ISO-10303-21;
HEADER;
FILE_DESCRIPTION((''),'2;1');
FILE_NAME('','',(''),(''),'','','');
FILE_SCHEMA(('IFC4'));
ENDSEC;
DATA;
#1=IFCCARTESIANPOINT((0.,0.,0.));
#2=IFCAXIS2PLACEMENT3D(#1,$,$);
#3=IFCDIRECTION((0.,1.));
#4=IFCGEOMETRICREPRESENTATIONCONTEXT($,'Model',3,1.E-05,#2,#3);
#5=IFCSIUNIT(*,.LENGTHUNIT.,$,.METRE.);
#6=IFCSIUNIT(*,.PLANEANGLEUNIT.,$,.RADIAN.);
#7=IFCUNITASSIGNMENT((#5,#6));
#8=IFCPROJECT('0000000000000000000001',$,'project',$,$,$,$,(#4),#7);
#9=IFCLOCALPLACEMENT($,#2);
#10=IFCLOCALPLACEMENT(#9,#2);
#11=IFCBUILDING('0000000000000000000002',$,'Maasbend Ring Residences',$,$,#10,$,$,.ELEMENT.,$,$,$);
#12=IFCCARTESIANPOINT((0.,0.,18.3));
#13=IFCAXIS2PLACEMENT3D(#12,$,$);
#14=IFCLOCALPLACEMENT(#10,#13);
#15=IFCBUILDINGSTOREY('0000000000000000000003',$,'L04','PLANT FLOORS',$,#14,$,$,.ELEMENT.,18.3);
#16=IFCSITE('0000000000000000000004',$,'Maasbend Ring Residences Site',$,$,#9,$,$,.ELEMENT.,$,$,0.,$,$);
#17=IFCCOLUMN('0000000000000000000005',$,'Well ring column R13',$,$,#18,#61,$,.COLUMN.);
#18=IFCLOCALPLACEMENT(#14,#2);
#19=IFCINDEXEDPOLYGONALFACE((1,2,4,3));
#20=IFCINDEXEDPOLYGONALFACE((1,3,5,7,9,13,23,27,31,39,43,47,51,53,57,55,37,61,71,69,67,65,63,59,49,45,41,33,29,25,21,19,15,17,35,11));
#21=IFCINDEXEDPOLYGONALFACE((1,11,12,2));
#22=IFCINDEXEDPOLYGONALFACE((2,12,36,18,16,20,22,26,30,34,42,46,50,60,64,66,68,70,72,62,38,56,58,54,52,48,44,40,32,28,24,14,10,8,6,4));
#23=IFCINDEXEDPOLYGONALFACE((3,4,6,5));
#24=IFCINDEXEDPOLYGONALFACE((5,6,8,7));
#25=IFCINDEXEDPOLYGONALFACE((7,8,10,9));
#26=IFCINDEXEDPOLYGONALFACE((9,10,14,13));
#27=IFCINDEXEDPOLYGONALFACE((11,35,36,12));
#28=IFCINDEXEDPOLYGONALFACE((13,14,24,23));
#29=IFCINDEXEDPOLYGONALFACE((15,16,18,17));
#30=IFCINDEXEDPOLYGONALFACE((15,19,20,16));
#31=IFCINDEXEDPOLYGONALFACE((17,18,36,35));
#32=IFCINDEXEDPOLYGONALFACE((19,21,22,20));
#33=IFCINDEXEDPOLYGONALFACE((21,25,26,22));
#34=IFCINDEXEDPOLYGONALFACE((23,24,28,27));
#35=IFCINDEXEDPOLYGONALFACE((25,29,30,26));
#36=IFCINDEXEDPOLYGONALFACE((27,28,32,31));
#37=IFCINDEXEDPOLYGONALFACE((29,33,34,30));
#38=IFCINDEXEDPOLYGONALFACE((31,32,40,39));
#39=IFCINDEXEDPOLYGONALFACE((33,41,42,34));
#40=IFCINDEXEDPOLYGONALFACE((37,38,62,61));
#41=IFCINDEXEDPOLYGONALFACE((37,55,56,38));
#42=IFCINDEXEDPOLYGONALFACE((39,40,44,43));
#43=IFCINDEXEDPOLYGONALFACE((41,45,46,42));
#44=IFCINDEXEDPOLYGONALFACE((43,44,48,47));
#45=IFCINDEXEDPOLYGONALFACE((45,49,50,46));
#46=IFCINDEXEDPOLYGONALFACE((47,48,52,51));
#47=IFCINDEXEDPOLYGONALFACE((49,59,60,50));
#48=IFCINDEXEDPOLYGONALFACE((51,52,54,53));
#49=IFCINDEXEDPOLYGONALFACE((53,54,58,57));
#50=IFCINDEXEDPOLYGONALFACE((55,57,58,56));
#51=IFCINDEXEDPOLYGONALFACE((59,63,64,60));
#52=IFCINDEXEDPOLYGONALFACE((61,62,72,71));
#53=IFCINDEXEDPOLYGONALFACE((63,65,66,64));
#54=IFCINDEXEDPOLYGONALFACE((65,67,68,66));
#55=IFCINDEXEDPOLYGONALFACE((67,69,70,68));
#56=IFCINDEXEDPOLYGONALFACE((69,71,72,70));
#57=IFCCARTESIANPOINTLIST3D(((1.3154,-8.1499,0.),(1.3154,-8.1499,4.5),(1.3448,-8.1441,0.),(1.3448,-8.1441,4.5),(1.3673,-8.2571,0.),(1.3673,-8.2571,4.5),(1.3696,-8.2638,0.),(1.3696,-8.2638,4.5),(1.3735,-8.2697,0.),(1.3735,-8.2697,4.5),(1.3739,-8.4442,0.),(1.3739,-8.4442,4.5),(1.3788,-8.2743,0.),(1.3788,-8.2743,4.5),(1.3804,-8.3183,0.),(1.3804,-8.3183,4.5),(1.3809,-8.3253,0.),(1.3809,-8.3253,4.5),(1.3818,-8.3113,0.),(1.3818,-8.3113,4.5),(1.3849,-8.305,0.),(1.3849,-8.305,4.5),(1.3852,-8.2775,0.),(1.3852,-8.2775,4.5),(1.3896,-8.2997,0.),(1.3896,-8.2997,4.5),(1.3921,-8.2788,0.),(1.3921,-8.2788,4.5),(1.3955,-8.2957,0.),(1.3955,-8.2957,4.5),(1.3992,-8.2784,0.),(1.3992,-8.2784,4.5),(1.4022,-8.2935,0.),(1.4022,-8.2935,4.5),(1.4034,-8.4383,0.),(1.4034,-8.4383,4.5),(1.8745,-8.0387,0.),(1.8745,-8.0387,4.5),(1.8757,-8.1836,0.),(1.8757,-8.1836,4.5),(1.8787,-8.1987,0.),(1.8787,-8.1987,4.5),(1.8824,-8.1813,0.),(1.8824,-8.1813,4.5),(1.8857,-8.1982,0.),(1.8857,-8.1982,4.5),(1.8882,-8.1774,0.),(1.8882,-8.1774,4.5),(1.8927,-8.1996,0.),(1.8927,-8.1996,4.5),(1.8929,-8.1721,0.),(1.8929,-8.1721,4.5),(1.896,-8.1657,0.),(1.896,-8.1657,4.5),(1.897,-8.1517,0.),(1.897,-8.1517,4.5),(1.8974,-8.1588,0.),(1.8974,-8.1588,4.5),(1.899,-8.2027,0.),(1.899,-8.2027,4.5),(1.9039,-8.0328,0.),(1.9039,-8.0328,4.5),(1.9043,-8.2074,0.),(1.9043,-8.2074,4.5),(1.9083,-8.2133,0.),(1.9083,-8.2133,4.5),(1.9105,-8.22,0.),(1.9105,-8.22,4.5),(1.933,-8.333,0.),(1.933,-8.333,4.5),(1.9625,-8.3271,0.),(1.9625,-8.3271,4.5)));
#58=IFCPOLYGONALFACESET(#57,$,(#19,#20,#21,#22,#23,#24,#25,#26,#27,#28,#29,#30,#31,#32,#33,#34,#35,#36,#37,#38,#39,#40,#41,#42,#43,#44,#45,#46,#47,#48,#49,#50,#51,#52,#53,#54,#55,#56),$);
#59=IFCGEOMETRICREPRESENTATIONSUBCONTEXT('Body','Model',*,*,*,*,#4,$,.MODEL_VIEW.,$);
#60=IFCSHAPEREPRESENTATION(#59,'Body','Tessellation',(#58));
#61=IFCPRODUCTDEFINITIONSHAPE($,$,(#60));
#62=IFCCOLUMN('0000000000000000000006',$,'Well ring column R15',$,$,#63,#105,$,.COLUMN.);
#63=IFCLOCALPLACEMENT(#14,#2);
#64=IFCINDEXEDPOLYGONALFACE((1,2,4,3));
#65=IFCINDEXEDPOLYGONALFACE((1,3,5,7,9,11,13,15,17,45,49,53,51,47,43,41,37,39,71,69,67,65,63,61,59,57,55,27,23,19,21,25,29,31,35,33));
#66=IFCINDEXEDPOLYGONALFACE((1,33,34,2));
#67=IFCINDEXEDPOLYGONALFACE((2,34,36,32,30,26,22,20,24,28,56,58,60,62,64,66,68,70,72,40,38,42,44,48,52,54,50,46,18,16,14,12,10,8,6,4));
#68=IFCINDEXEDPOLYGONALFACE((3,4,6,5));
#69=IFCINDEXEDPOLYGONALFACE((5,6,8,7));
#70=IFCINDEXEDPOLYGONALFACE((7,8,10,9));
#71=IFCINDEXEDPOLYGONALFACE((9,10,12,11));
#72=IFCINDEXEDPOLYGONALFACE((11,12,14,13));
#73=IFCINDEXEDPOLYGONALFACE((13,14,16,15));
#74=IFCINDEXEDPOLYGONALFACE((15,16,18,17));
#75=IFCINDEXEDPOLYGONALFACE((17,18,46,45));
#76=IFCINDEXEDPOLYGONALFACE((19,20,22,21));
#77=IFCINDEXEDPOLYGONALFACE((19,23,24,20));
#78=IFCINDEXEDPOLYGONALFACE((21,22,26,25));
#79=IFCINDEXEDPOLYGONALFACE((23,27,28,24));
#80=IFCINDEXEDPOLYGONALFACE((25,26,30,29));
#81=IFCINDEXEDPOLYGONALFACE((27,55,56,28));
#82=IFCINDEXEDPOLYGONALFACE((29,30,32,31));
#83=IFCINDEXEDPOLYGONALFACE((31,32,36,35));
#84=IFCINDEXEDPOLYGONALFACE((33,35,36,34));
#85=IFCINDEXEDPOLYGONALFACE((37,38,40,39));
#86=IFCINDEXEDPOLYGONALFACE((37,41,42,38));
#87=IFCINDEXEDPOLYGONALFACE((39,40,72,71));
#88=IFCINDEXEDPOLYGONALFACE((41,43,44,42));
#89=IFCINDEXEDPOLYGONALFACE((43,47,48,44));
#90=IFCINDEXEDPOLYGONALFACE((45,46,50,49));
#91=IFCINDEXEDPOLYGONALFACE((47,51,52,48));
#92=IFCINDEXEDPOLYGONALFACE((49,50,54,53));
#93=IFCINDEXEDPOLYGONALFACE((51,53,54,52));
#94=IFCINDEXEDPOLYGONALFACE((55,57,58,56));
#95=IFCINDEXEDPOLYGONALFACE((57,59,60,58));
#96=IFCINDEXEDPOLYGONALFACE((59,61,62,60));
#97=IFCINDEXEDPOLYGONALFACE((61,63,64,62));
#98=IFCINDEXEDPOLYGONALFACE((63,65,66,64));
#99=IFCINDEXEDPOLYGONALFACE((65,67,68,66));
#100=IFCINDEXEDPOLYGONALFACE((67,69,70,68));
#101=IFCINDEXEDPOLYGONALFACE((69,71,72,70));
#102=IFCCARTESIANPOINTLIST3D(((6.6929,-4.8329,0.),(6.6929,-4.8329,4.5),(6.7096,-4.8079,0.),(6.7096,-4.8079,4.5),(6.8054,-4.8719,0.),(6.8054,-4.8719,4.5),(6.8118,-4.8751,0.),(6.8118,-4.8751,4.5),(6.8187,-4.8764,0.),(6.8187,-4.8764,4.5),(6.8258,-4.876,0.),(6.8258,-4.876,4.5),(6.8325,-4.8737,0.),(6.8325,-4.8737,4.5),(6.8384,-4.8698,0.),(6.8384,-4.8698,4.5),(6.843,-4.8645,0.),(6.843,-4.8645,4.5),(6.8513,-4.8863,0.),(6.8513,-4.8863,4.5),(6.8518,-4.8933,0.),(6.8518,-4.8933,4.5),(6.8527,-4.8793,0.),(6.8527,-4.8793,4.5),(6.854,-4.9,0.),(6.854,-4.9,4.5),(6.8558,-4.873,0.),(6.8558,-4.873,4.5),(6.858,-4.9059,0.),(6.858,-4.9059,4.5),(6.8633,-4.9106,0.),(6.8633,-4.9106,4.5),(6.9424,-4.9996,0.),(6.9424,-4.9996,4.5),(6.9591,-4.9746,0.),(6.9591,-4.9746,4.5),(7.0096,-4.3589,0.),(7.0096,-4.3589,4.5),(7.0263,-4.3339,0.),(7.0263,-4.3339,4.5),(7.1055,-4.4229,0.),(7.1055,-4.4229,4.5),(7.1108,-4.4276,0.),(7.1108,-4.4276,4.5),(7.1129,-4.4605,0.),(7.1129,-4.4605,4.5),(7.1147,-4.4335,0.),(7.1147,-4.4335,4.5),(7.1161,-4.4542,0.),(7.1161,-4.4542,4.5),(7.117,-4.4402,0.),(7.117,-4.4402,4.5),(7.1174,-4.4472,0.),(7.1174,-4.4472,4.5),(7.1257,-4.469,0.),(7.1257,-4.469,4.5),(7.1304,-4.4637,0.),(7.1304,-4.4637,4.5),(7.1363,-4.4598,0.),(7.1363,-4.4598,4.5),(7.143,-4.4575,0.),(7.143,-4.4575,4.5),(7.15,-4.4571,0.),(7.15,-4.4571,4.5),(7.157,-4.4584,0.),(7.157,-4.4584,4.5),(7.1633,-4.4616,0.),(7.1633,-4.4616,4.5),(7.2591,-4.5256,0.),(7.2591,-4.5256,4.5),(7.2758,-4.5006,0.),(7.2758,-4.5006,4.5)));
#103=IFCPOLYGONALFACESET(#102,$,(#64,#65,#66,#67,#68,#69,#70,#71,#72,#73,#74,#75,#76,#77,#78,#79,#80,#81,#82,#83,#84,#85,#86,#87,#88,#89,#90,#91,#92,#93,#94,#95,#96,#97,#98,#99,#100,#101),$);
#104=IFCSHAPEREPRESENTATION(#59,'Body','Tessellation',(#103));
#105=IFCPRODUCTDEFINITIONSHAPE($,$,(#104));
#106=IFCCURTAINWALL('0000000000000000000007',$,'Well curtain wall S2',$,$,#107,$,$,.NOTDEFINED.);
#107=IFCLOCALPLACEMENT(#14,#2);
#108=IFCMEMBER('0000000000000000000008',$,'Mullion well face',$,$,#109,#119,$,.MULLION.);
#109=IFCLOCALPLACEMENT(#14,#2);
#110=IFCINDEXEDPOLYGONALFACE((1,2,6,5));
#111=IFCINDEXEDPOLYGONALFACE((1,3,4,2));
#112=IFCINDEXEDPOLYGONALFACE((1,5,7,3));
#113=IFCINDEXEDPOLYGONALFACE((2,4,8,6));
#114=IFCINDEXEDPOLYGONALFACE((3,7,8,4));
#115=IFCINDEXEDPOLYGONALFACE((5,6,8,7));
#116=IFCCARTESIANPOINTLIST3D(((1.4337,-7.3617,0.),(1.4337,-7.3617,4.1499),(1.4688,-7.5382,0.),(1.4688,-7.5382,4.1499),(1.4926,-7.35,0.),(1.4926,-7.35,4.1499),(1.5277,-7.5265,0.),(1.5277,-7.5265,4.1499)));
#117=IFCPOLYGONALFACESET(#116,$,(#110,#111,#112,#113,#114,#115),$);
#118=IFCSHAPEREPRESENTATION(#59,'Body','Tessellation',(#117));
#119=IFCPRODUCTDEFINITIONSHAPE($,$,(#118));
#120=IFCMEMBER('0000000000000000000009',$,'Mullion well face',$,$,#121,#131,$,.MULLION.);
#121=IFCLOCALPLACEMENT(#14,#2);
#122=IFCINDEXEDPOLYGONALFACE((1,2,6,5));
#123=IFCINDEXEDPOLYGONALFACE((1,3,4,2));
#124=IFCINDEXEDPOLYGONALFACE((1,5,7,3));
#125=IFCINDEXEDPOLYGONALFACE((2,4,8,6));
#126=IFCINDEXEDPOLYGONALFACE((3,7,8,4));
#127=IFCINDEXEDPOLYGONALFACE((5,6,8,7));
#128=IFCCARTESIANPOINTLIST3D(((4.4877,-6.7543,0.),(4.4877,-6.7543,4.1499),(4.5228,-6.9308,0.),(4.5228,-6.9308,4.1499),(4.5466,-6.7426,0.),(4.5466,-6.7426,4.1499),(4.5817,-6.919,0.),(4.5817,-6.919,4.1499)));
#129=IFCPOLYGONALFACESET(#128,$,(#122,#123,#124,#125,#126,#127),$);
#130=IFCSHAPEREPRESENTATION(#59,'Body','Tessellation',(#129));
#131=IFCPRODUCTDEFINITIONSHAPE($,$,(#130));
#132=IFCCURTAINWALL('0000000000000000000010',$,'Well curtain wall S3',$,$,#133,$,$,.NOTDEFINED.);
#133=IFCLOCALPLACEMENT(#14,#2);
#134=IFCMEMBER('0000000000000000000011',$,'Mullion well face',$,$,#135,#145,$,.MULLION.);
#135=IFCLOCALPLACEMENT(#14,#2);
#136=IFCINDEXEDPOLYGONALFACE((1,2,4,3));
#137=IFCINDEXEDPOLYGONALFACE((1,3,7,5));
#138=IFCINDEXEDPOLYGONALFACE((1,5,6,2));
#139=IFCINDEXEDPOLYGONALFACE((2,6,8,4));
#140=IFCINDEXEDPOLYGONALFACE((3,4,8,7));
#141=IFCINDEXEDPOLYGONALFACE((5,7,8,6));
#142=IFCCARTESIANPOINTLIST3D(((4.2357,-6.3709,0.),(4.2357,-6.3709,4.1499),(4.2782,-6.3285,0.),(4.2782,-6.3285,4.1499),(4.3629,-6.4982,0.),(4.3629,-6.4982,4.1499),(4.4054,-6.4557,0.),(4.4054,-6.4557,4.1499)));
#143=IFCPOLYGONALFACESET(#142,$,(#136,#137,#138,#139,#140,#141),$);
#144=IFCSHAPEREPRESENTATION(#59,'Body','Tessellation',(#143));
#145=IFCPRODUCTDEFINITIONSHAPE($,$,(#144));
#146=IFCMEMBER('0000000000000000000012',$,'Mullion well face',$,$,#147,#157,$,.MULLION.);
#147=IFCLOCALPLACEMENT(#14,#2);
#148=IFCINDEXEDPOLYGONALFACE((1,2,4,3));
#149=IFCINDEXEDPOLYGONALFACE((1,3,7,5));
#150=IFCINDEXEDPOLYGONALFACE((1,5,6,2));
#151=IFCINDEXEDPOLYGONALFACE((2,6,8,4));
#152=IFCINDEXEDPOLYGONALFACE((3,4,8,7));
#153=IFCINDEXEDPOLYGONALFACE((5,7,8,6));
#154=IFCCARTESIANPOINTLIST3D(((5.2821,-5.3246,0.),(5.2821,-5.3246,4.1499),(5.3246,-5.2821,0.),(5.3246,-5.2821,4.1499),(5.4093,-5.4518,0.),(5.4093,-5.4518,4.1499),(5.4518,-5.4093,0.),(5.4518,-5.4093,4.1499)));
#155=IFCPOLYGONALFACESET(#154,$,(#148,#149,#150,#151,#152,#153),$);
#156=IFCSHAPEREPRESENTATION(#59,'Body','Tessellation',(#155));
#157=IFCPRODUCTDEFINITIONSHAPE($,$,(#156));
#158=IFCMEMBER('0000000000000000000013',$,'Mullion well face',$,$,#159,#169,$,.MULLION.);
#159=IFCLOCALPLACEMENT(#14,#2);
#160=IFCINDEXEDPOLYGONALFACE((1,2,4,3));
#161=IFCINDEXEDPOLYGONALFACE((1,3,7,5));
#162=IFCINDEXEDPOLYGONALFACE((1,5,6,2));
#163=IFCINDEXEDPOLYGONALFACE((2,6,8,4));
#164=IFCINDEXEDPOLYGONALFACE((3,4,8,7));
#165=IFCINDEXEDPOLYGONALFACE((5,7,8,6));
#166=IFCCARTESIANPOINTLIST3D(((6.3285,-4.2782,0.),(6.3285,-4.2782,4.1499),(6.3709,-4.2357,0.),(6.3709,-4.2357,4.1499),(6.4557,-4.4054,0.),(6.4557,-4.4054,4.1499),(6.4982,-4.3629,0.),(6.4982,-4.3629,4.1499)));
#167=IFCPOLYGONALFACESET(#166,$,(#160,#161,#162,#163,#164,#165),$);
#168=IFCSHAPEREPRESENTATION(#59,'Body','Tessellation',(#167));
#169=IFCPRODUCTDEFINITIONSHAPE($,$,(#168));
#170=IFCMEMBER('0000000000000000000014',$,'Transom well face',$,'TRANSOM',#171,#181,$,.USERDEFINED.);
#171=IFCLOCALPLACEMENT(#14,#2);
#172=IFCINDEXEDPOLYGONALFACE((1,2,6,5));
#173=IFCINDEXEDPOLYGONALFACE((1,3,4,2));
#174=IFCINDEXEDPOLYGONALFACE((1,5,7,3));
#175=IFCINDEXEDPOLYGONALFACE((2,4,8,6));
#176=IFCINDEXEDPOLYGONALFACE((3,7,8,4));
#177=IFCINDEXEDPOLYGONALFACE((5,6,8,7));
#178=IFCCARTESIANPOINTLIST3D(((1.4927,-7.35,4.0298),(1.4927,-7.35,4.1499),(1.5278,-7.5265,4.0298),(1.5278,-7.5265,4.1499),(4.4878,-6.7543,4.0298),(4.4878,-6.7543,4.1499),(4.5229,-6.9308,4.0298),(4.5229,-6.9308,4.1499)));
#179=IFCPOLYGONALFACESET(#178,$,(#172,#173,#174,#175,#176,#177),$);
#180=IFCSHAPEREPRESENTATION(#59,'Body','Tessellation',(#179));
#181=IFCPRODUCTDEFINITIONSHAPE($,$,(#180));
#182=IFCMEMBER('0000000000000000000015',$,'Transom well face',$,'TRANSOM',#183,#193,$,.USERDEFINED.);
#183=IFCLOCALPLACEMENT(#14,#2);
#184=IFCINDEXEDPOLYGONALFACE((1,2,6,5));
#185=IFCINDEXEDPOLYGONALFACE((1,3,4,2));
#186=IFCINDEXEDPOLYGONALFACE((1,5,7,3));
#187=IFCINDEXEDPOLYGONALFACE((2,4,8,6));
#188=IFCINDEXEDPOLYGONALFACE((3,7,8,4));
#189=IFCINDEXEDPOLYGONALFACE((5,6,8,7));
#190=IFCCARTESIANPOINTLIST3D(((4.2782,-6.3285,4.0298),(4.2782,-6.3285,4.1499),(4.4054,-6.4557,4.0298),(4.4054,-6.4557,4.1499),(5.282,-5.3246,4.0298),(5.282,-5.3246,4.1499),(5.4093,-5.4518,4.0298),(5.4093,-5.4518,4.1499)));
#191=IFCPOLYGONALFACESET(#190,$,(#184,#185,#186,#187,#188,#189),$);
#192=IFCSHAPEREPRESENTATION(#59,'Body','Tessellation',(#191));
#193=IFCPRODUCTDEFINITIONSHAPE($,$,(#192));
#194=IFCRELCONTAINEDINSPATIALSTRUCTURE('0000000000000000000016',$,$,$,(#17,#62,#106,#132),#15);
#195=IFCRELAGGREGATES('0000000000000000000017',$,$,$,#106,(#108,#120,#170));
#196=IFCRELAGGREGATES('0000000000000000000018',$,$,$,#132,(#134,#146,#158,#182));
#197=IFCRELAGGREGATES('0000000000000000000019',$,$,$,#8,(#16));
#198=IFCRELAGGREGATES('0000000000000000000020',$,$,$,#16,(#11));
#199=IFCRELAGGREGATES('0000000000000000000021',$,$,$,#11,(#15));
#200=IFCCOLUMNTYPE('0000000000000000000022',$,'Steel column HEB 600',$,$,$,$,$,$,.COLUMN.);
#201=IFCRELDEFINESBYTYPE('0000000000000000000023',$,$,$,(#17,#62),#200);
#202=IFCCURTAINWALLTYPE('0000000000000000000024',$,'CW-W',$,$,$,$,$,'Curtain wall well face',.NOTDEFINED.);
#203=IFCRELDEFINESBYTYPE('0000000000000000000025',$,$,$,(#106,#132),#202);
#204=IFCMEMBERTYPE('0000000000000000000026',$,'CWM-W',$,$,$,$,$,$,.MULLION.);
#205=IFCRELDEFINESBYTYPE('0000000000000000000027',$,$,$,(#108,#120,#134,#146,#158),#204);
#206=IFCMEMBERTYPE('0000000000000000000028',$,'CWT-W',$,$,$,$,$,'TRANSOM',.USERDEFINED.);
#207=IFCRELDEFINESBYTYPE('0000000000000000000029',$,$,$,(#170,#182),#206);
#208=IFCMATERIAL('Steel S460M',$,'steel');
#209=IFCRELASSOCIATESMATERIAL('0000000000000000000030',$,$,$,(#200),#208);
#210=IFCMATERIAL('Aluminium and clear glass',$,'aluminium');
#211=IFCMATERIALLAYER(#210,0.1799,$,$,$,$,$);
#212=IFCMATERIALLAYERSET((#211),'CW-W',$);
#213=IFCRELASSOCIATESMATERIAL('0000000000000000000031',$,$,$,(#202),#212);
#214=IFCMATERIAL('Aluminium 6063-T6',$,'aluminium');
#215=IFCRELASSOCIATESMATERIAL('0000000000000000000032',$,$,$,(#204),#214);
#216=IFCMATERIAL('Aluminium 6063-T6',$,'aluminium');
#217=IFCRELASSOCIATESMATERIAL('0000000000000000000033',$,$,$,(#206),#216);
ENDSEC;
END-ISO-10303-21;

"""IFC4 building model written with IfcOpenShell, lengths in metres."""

from ifc_helpers import new_model, si_unit, direction, frame, origin, origin_2d, place, context, subcontext, project, spatial, rectangle, i_section, extrude, material, layer, layer_set, material_profile, profile_set, type_object, element, aggregate, save


model = new_model("IFC4")

# Units and contexts
model_context = context("Model", 3, precision=1e-05, world=origin(), true_north=direction((0.0, 1.0)))
body_context = subcontext(model_context, "Body", "Model", "MODEL_VIEW")
ifc_project = project(units=[si_unit("LENGTHUNIT", "METRE"), si_unit("PLANEANGLEUNIT", "RADIAN")], contexts=[model_context])

# Site, building, storey
site_placement = place(None, origin())
site = spatial("IfcSite", under=ifc_project, at=site_placement, Name="Maasbend Ring Residences Site", CompositionType="ELEMENT", RefElevation=0.0)
building_placement = place(site_placement, origin())
building = spatial("IfcBuilding", under=site, at=building_placement, Name="Maasbend Ring Residences", CompositionType="ELEMENT")
storey_placement = place(building_placement, frame((0.0, 0.0, 18.3)))
storey = spatial("IfcBuildingStorey", under=building, at=storey_placement, Name="L04", Description="PLANT FLOORS", CompositionType="ELEMENT", Elevation=18.3)

# Columns
ifc_material_1 = material(Name="Steel S460M", Category="steel")
ifc_material_profile_1 = material_profile(ifc_material_1, i_section(OverallWidth=0.3, OverallDepth=0.6001, WebThickness=0.0154, FlangeThickness=0.03, FilletRadius=0.0271, at=origin_2d()), Name="HEB 600")
ifc_profile_set_1 = profile_set([ifc_material_profile_1], Name="Steel S460M")
column_type = type_object("IfcColumnType", Name="Steel column HEB 600", PredefinedType="COLUMN", material=ifc_profile_set_1)
for number, where, z_axis, x_axis, name in (
    (1, (1.6389, -8.2385, 0.0), (0.0, 0.0, 1.0), (0.19509, -0.980785, 0.0), "Well ring column R13"),
    (2, (6.9844, -4.6667, 0.0), (0.0, 0.0, 1.0), (0.83147, -0.55557, 0.0), "Well ring column R15"),
):
    element("IfcColumn", number, at=place(storey_placement, frame(where, z_axis=z_axis, x_axis=x_axis)), inside=storey, type_object=column_type, Name=name, PredefinedType="COLUMN", context=body_context, shape_type="SweptSolid", body=[
        extrude(i_section(OverallWidth=0.3, OverallDepth=0.6001, WebThickness=0.0154, FlangeThickness=0.03, FilletRadius=0.0271, at=origin_2d()), origin(), (0.0, 0.0, 1.0), 4.5),
    ])

# Curtain walls, members
ifc_material_2 = material(Name="Aluminium and clear glass", Category="aluminium")
ifc_layer_1 = layer(ifc_material_2, 0.1799)
ifc_layer_set_1 = layer_set([ifc_layer_1], Name="CW-W")
curtain_wall_type = type_object("IfcCurtainWallType", Name="CW-W", ElementType="Curtain wall well face", PredefinedType="NOTDEFINED", material=ifc_layer_set_1)
curtain_wall_1_placement = place(storey_placement, origin())
curtain_wall_1 = element("IfcCurtainWall", 3, at=curtain_wall_1_placement, inside=storey, type_object=curtain_wall_type, Name="Well curtain wall S2", PredefinedType="NOTDEFINED")
ifc_material_3 = material(Name="Aluminium 6063-T6", Category="aluminium")
ifc_material_profile_2 = material_profile(ifc_material_3, rectangle(XDim=0.1799, YDim=0.0601, at=origin_2d()), Name="AL 180x60")
ifc_profile_set_2 = profile_set([ifc_material_profile_2], Name="Aluminium 6063-T6")
member_type_1 = type_object("IfcMemberType", Name="CWM-W", PredefinedType="MULLION", material=ifc_profile_set_2)
member_1_placement = place(storey_placement, frame((1.4807, -7.4441, 0.0), z_axis=(0.0, 0.0, 1.0), x_axis=(-0.19509, 0.980785, 0.0)))
member_1 = element("IfcMember", 4, at=member_1_placement, type_object=member_type_1, Name="Mullion well face", PredefinedType="MULLION", context=body_context, shape_type="SweptSolid", body=[
    extrude(rectangle(XDim=0.1799, YDim=0.0601, at=origin_2d()), origin(), (0.0, 0.0, 1.0), 4.1499),
])
member_2_placement = place(storey_placement, frame((4.5347, -6.8367, 0.0), z_axis=(0.0, 0.0, 1.0), x_axis=(-0.19509, 0.980785, 0.0)))
member_2 = element("IfcMember", 5, at=member_2_placement, type_object=member_type_1, Name="Mullion well face", PredefinedType="MULLION", context=body_context, shape_type="SweptSolid", body=[
    extrude(rectangle(XDim=0.1799, YDim=0.0601, at=origin_2d()), origin(), (0.0, 0.0, 1.0), 4.1499),
])
curtain_wall_2_placement = place(storey_placement, origin())
curtain_wall_2 = element("IfcCurtainWall", 6, at=curtain_wall_2_placement, inside=storey, type_object=curtain_wall_type, Name="Well curtain wall S3", PredefinedType="NOTDEFINED")
member_3_placement = place(storey_placement, frame((4.3206, -6.4133, 0.0), z_axis=(0.0, 0.0, 1.0), x_axis=(-0.707107, 0.707107, 0.0)))
member_3 = element("IfcMember", 7, at=member_3_placement, type_object=member_type_1, Name="Mullion well face", PredefinedType="MULLION", context=body_context, shape_type="SweptSolid", body=[
    extrude(rectangle(XDim=0.1799, YDim=0.0601, at=origin_2d()), origin(), (0.0, 0.0, 1.0), 4.1499),
])
member_4_placement = place(storey_placement, frame((5.3669, -5.3669, 0.0), z_axis=(0.0, 0.0, 1.0), x_axis=(-0.707107, 0.707107, 0.0)))
member_4 = element("IfcMember", 8, at=member_4_placement, type_object=member_type_1, Name="Mullion well face", PredefinedType="MULLION", context=body_context, shape_type="SweptSolid", body=[
    extrude(rectangle(XDim=0.1799, YDim=0.0601, at=origin_2d()), origin(), (0.0, 0.0, 1.0), 4.1499),
])
member_5_placement = place(storey_placement, frame((6.4133, -4.3206, 0.0), z_axis=(0.0, 0.0, 1.0), x_axis=(-0.707107, 0.707107, 0.0)))
member_5 = element("IfcMember", 9, at=member_5_placement, type_object=member_type_1, Name="Mullion well face", PredefinedType="MULLION", context=body_context, shape_type="SweptSolid", body=[
    extrude(rectangle(XDim=0.1799, YDim=0.0601, at=origin_2d()), origin(), (0.0, 0.0, 1.0), 4.1499),
])

# Members
ifc_material_4 = material(Name="Aluminium 6063-T6", Category="aluminium")
ifc_material_profile_3 = material_profile(ifc_material_4, rectangle(XDim=0.1799, YDim=0.1201, at=origin_2d()), Name="AL 180x120")
ifc_profile_set_3 = profile_set([ifc_material_profile_3], Name="Aluminium 6063-T6")
member_type_2 = type_object("IfcMemberType", Name="CWT-W", ElementType="TRANSOM", PredefinedType="USERDEFINED", material=ifc_profile_set_3)
member_6_placement = place(storey_placement, frame((1.5103, -7.4382, 4.0898), z_axis=(0.980789, 0.195071, 0.0), x_axis=(-0.195071, 0.980789, 0.0)))
member_6 = element("IfcMember", 10, at=member_6_placement, type_object=member_type_2, Name="Transom well face", ObjectType="TRANSOM", PredefinedType="USERDEFINED", context=body_context, shape_type="SweptSolid", body=[
    extrude(rectangle(XDim=0.1799, YDim=0.1201, at=origin_2d()), origin(), (0.0, 0.0, 1.0), 3.0537),
])
member_7_placement = place(storey_placement, frame((4.3418, -6.3921, 4.0898), z_axis=(0.707107, 0.707107, 0.0), x_axis=(-0.707107, 0.707107, 0.0)))
member_7 = element("IfcMember", 11, at=member_7_placement, type_object=member_type_2, Name="Transom well face", ObjectType="TRANSOM", PredefinedType="USERDEFINED", context=body_context, shape_type="SweptSolid", body=[
    extrude(rectangle(XDim=0.1799, YDim=0.1201, at=origin_2d()), origin(), (0.0, 0.0, 1.0), 1.4197),
])

aggregate(curtain_wall_1, [member_1, member_2, member_6])
aggregate(curtain_wall_2, [member_3, member_4, member_5, member_7])

save(model, "model.ifc")
